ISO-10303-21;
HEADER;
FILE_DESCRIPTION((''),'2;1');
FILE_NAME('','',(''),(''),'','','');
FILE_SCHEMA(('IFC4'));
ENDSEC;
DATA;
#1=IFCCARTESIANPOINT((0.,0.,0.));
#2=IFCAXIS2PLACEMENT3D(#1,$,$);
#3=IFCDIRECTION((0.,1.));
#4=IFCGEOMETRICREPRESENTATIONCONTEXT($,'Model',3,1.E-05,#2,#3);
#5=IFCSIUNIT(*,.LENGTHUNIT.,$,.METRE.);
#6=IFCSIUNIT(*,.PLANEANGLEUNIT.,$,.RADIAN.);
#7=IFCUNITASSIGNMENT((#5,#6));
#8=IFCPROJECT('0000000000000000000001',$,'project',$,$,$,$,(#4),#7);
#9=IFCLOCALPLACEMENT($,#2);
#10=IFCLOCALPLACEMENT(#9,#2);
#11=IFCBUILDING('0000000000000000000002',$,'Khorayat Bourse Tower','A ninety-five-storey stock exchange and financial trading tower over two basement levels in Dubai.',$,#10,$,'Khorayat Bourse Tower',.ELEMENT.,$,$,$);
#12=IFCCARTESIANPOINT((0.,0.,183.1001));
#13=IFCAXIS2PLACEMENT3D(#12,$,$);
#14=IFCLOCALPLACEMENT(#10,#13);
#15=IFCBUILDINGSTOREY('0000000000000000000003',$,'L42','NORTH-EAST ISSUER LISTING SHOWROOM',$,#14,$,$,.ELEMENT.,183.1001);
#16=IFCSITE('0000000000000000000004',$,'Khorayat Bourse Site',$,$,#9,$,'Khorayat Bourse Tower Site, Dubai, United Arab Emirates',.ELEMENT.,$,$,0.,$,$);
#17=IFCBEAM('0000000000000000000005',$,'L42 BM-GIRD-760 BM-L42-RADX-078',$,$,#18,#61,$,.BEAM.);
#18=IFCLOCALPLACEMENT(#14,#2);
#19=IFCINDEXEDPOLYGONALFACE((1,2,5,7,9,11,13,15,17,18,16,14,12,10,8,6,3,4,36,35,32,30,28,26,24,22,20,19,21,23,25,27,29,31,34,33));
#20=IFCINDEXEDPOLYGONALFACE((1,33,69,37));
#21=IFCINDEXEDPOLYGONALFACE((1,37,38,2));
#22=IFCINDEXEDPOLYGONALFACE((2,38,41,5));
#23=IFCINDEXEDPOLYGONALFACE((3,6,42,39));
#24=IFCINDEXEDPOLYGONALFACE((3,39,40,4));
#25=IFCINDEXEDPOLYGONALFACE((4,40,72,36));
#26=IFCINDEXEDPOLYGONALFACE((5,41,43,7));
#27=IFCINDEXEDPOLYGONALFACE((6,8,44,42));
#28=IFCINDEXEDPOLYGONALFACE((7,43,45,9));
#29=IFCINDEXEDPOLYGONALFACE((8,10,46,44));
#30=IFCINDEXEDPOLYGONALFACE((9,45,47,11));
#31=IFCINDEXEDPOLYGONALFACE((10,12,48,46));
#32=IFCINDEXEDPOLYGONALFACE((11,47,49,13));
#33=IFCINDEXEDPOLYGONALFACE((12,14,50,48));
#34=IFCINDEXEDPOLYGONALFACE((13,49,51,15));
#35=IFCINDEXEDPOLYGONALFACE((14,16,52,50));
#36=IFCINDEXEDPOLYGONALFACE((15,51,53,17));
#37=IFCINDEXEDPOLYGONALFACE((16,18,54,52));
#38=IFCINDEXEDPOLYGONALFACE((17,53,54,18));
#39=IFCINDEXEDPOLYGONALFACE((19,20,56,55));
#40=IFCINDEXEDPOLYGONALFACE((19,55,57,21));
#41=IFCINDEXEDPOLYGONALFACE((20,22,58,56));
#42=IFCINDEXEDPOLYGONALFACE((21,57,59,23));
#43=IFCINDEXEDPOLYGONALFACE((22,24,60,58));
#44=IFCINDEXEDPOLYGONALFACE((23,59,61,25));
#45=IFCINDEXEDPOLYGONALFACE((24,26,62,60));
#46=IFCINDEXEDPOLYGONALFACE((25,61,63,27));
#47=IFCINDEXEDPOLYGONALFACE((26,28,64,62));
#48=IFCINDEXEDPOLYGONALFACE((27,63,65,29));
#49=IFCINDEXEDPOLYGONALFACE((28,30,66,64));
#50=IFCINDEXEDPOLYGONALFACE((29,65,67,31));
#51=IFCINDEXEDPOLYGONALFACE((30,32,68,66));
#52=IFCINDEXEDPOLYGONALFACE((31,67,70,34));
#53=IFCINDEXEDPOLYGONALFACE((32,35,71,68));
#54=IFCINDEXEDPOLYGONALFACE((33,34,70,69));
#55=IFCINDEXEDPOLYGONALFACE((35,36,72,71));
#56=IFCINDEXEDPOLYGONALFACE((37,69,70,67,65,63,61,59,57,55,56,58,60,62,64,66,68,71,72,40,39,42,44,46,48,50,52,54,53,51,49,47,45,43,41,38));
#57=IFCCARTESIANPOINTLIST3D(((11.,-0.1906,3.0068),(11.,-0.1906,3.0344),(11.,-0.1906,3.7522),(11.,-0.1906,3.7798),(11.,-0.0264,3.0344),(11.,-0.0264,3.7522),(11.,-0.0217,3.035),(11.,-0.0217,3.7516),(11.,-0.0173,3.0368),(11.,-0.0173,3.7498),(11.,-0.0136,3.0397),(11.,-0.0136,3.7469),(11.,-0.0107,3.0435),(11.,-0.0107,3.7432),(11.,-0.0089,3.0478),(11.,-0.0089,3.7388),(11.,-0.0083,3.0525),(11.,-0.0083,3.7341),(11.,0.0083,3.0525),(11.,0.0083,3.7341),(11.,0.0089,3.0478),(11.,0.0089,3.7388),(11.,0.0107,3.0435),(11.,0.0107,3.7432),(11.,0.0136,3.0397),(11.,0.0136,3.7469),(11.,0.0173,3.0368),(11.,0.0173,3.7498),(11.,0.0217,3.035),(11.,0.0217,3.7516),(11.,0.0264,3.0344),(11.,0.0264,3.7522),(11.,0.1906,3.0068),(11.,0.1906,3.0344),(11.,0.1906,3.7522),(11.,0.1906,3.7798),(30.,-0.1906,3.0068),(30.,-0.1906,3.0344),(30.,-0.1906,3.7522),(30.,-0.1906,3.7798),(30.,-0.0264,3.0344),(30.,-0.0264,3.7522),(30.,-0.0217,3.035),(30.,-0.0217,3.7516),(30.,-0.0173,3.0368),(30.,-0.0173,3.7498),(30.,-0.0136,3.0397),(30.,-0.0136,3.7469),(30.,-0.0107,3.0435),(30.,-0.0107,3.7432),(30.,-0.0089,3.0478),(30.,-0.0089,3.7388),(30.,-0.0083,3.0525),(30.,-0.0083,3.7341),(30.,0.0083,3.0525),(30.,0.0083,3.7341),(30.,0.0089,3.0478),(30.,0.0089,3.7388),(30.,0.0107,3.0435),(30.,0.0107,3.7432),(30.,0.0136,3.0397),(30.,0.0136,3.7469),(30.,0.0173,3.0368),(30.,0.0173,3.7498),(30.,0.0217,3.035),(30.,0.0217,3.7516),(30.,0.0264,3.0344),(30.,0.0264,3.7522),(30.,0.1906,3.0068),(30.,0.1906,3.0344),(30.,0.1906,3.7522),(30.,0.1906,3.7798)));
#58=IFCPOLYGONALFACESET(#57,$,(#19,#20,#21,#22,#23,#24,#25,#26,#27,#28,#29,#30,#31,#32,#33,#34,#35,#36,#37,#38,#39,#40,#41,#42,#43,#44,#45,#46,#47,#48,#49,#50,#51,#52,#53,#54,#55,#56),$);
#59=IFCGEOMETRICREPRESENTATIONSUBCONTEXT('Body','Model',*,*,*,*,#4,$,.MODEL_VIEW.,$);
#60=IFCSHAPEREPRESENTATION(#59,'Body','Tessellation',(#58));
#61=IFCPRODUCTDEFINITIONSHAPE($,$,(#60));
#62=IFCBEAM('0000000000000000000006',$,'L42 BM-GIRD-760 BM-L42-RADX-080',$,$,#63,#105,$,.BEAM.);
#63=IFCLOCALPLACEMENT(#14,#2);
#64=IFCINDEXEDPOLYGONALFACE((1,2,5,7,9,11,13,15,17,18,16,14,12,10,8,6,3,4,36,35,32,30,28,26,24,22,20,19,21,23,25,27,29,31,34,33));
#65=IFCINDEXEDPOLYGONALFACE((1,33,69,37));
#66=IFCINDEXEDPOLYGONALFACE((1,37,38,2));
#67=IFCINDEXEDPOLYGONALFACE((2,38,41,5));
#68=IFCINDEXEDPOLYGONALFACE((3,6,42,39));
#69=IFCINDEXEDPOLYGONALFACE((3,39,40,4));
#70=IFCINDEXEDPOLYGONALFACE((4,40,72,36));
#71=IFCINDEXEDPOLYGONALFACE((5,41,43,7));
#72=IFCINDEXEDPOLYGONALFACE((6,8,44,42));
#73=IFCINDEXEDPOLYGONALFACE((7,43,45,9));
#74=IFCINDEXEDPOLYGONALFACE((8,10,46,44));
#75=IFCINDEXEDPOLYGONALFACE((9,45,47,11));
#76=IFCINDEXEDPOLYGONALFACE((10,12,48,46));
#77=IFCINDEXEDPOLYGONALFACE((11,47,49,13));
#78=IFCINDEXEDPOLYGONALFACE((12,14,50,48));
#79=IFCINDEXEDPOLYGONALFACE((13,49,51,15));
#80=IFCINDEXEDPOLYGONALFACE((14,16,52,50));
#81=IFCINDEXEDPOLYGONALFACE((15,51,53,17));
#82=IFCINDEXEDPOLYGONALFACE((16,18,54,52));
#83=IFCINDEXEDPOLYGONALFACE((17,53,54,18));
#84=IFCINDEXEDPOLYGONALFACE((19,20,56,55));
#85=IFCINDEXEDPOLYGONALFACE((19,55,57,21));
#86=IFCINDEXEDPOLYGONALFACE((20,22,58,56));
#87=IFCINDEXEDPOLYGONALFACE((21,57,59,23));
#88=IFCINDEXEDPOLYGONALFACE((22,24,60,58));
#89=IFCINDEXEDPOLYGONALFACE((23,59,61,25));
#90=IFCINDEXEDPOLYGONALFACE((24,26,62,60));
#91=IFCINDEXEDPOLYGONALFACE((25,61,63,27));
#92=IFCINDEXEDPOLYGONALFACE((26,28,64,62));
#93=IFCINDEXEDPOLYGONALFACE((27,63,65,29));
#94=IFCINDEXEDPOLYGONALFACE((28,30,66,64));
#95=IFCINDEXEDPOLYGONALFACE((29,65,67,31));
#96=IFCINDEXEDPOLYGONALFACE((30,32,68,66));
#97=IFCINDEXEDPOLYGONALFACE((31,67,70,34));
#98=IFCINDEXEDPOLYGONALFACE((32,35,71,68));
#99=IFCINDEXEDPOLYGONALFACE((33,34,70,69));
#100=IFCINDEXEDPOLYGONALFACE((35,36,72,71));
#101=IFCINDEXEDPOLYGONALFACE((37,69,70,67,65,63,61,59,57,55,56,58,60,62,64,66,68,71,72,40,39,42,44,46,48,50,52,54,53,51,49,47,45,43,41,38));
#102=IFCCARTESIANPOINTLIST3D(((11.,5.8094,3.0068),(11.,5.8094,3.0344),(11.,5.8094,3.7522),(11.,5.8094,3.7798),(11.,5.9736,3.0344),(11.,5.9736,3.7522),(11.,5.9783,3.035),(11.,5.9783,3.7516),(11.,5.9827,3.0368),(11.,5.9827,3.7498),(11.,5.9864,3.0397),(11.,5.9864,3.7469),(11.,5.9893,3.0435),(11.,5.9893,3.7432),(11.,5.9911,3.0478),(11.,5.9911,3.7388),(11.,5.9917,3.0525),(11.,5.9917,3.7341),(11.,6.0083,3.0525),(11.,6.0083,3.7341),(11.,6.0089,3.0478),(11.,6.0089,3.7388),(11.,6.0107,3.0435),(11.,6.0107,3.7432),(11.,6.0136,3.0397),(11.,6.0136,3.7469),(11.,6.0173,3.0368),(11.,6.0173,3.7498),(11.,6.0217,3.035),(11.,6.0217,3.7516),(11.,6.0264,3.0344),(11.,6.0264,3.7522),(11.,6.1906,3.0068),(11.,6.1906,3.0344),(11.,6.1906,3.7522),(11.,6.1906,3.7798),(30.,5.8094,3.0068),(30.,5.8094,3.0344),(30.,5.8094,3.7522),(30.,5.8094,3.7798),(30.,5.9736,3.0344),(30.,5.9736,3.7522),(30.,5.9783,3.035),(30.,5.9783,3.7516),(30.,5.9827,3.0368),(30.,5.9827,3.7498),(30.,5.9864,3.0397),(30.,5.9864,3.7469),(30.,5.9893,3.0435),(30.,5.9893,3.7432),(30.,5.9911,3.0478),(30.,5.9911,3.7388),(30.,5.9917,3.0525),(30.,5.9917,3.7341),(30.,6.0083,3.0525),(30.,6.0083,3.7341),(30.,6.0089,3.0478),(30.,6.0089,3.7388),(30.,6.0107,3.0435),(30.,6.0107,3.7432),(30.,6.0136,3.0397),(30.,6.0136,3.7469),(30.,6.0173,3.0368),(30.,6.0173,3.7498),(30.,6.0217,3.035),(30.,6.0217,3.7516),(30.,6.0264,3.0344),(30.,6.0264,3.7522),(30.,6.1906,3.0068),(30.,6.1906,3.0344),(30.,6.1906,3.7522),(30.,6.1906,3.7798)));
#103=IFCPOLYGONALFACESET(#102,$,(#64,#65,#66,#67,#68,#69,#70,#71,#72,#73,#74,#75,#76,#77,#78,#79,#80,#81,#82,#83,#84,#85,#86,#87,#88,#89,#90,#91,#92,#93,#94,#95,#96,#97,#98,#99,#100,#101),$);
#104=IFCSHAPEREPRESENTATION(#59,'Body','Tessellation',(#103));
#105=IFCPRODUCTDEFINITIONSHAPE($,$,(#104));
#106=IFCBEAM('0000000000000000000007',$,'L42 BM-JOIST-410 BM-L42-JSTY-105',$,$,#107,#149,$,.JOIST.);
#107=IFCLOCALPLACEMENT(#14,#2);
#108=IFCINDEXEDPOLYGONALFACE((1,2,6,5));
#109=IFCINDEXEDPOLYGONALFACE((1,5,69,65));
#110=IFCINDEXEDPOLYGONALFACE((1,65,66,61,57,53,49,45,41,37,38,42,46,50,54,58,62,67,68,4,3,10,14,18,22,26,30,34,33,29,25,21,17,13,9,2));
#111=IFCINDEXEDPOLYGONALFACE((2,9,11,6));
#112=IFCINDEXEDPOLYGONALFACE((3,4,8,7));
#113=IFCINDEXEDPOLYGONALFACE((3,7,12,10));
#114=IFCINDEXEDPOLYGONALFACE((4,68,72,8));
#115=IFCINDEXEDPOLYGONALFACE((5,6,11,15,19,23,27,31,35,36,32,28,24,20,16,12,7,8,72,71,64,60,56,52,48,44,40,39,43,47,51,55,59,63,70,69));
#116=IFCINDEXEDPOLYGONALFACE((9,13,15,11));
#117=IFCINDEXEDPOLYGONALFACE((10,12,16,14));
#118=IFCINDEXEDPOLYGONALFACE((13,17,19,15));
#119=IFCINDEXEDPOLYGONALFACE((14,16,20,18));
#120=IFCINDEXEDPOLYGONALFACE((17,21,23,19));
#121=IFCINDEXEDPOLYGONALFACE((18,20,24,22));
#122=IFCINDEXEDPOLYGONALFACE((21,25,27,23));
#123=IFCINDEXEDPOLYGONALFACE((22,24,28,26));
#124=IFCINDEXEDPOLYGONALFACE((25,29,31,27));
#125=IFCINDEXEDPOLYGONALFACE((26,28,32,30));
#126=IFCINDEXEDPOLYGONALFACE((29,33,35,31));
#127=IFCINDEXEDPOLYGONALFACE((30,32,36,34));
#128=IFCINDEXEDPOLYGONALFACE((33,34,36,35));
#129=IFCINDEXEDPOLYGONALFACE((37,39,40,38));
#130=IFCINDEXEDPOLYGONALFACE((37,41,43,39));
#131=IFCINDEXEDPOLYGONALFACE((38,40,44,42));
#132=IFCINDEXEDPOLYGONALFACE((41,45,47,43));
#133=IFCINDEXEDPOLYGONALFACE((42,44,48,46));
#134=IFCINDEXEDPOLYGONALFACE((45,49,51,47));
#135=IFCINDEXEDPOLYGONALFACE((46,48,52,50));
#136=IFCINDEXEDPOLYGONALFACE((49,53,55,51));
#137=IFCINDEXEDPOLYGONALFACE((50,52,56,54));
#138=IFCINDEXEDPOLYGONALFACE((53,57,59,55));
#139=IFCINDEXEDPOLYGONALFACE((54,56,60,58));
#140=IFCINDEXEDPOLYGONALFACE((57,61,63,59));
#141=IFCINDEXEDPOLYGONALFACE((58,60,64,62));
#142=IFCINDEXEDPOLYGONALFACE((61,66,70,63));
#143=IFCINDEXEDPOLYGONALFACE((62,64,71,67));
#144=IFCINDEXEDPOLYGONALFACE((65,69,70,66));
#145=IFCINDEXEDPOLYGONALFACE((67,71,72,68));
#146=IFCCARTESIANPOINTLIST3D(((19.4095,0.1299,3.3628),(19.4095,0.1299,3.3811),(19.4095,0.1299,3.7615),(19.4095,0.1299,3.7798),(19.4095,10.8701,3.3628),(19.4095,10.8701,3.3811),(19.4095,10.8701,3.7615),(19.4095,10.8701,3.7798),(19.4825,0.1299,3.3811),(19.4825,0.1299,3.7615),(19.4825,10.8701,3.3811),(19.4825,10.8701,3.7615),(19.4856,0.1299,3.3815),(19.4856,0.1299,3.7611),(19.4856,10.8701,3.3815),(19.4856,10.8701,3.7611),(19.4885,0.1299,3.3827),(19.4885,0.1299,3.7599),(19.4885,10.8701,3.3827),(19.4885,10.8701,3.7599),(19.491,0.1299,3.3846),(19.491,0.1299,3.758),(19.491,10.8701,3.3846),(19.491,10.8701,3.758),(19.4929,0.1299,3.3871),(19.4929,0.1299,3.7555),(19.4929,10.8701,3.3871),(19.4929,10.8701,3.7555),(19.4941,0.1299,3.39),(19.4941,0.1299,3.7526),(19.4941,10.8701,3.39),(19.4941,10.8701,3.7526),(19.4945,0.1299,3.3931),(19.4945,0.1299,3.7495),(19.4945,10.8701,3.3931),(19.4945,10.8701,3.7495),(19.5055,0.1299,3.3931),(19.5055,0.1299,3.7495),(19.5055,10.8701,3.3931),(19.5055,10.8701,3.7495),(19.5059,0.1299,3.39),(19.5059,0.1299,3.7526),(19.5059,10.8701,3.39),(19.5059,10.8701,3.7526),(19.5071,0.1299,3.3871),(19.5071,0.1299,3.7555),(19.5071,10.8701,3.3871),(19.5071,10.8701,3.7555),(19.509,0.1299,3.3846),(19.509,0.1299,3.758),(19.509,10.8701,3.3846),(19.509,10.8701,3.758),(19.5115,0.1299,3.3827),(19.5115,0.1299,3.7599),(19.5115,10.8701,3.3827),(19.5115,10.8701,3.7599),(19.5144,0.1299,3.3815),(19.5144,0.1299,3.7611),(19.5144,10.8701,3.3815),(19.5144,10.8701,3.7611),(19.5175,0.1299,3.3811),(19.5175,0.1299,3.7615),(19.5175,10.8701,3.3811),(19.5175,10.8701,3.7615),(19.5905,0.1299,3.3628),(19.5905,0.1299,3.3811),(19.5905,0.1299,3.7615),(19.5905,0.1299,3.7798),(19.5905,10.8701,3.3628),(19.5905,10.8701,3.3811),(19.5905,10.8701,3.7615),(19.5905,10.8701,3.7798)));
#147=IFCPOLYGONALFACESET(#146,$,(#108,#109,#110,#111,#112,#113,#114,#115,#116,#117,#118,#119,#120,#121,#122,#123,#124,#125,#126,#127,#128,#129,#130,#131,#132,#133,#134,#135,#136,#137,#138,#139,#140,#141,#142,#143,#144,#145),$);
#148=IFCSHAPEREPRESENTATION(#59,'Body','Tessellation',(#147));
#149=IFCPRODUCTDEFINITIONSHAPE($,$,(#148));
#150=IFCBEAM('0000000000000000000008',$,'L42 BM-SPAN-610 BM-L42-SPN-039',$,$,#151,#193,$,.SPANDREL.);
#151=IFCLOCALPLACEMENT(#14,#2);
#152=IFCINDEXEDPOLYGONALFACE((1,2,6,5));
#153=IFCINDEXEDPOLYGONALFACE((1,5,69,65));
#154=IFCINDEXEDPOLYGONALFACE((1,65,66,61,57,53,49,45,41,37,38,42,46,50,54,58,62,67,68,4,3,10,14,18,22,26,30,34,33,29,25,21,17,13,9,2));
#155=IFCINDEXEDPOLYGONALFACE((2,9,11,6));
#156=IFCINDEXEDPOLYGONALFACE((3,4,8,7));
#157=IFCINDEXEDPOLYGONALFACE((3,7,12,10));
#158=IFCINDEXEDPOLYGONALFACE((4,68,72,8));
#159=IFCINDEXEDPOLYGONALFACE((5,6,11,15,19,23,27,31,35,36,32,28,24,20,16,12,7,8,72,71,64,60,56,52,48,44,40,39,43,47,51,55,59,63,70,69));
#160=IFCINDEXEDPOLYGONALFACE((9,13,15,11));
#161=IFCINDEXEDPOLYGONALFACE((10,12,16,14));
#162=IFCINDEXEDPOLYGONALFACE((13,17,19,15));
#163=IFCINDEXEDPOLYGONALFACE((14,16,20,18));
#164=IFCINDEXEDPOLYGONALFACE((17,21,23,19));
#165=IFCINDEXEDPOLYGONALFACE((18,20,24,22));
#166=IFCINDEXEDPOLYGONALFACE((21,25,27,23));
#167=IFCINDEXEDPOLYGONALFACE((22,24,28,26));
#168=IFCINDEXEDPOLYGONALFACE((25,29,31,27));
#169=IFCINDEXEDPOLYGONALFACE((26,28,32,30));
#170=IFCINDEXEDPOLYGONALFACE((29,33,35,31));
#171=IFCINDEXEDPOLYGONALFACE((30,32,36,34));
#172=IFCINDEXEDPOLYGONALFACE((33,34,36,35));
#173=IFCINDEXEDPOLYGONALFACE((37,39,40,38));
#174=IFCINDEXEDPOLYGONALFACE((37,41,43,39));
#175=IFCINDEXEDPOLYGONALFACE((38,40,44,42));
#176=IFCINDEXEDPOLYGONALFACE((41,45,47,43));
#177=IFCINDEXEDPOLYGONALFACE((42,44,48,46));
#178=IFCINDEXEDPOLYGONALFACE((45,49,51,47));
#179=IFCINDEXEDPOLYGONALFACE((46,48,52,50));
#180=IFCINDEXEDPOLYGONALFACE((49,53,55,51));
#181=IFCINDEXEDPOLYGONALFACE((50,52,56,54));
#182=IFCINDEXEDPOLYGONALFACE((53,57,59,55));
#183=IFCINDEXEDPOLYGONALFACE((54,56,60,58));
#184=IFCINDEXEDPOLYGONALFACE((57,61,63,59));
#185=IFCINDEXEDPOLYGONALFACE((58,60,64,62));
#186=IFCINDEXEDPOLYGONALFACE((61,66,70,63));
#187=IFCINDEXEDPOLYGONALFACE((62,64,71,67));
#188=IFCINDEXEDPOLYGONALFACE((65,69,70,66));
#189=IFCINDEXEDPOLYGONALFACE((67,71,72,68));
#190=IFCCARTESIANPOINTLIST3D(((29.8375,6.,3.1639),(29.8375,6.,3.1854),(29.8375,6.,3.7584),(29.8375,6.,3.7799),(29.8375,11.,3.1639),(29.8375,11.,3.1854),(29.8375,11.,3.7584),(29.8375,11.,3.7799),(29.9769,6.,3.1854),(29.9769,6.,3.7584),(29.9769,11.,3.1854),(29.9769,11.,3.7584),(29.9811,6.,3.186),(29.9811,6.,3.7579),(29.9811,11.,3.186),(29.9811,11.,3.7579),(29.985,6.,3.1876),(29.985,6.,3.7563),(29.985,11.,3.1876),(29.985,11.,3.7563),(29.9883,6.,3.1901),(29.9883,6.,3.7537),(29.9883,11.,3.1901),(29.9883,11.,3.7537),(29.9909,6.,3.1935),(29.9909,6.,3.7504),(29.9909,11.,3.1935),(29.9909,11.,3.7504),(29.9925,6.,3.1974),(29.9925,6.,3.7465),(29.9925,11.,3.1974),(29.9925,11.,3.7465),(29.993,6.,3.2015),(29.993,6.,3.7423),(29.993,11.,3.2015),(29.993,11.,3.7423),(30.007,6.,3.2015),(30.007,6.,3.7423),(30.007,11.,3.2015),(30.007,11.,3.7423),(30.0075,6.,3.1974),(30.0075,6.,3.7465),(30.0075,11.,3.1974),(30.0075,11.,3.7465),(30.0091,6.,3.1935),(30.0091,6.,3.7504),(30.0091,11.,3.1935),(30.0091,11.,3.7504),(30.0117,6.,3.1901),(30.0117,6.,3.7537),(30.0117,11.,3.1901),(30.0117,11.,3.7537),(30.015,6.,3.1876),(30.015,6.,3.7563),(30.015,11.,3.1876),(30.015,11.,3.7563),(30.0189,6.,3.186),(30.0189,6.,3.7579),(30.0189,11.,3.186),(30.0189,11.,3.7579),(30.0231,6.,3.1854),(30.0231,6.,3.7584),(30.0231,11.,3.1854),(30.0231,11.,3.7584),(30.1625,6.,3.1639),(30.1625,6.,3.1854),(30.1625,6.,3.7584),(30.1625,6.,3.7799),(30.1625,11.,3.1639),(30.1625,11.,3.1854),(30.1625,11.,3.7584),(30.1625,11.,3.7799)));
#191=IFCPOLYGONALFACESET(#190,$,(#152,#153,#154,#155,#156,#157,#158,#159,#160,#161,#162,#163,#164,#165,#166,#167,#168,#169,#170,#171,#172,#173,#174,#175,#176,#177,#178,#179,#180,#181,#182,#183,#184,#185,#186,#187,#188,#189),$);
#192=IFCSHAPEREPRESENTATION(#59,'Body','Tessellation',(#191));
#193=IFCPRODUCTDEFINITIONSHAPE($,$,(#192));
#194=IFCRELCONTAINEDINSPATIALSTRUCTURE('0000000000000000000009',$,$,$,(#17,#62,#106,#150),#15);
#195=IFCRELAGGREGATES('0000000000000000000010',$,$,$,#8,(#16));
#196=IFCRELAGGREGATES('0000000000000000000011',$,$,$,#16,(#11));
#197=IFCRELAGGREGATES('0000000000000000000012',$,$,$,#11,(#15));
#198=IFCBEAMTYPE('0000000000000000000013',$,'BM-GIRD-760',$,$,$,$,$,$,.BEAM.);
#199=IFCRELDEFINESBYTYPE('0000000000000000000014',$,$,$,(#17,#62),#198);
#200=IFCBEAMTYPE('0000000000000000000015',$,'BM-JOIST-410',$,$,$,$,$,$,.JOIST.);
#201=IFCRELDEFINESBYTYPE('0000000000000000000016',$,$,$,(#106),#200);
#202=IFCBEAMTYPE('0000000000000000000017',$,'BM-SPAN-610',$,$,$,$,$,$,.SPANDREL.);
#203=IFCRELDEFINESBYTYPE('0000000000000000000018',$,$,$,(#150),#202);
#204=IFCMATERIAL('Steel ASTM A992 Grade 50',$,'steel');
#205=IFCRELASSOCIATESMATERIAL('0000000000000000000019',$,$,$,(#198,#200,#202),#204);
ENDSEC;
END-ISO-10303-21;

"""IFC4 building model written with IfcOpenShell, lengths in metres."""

from ifc_helpers import new_model, si_unit, direction, frame, origin, origin_2d, place, context, subcontext, project, spatial, i_section, extrude, source, transform, mapped, material, material_profile, profile_set, type_object, element, save


model = new_model("IFC4")

# Units and contexts
model_context = context("Model", 3, precision=1e-05, world=origin(), true_north=direction((0.0, 1.0)))
body_context = subcontext(model_context, "Body", "Model", "MODEL_VIEW")
ifc_project = project(units=[si_unit("LENGTHUNIT", "METRE"), si_unit("PLANEANGLEUNIT", "RADIAN")], contexts=[model_context])

# Site, building, storey
site_placement = place(None, origin())
site = spatial("IfcSite", under=ifc_project, at=site_placement, Name="Khorayat Bourse Site", LongName="Khorayat Bourse Tower Site, Dubai, United Arab Emirates", CompositionType="ELEMENT", RefElevation=0.0)
building_placement = place(site_placement, origin())
building = spatial("IfcBuilding", under=site, at=building_placement, Name="Khorayat Bourse Tower", Description="A ninety-five-storey stock exchange and financial trading tower over two basement levels in Dubai.", LongName="Khorayat Bourse Tower", CompositionType="ELEMENT")
storey_placement = place(building_placement, frame((0.0, 0.0, 183.1001)))
storey = spatial("IfcBuildingStorey", under=building, at=storey_placement, Name="L42", Description="NORTH-EAST ISSUER LISTING SHOWROOM", CompositionType="ELEMENT", Elevation=183.1001)

# Beams
ifc_material_1 = material(Name="Steel ASTM A992 Grade 50", Category="steel")
ifc_material_profile_1 = material_profile(ifc_material_1, i_section(OverallWidth=0.3811, OverallDepth=0.7729, WebThickness=0.0166, FlangeThickness=0.0276, FilletRadius=0.0181, at=origin_2d()), Name="W760X257")
ifc_profile_set_1 = profile_set([ifc_material_profile_1], Name="Steel ASTM A992 Grade 50")
beam_type_1 = type_object("IfcBeamType", Name="BM-GIRD-760", PredefinedType="BEAM", material=ifc_profile_set_1)
shared_shape_1 = source(origin(), body_context, "Body", "SweptSolid", [
    extrude(i_section(OverallWidth=0.3811, OverallDepth=0.7729, WebThickness=0.0166, FlangeThickness=0.0276, FilletRadius=0.0181, at=origin_2d()), origin(), (0.0, 0.0, 1.0), 19.0),
])
for number, where, z_axis, x_axis, name in (
    (1, (11.0, 0.0, 3.3933), (1.0, 0.0, 0.0), (0.0, 1.0, 0.0), "L42 BM-GIRD-760 BM-L42-RADX-078"),
    (2, (11.0, 6.0, 3.3933), (1.0, 0.0, 0.0), (0.0, 1.0, 0.0), "L42 BM-GIRD-760 BM-L42-RADX-080"),
):
    element("IfcBeam", number, at=place(storey_placement, frame(where, z_axis=z_axis, x_axis=x_axis)), inside=storey, type_object=beam_type_1, Name=name, PredefinedType="BEAM", context=body_context, shape_type="MappedRepresentation", body=[
        mapped(shared_shape_1, transform((0.0, 0.0, 0.0), scale=1.0)),
    ])
ifc_material_profile_2 = material_profile(ifc_material_1, i_section(OverallWidth=0.1809, OverallDepth=0.417, WebThickness=0.011, FlangeThickness=0.0183, FilletRadius=0.012, at=origin_2d()), Name="W410X85")
ifc_profile_set_2 = profile_set([ifc_material_profile_2], Name="Steel ASTM A992 Grade 50")
beam_type_2 = type_object("IfcBeamType", Name="BM-JOIST-410", PredefinedType="JOIST", material=ifc_profile_set_2)
shared_shape_2 = source(origin(), body_context, "Body", "SweptSolid", [
    extrude(i_section(OverallWidth=0.1809, OverallDepth=0.417, WebThickness=0.011, FlangeThickness=0.0183, FilletRadius=0.012, at=origin_2d()), origin(), (0.0, 0.0, 1.0), 10.7402),
])
beam_1_placement = place(storey_placement, frame((19.5, 0.1299, 3.5713), z_axis=(0.0, 1.0, 0.0), x_axis=(-1.0, 0.0, 0.0)))
element("IfcBeam", 3, at=beam_1_placement, inside=storey, type_object=beam_type_2, Name="L42 BM-JOIST-410 BM-L42-JSTY-105", PredefinedType="JOIST", context=body_context, shape_type="MappedRepresentation", body=[
    mapped(shared_shape_2, transform((0.0, 0.0, 0.0), scale=1.0)),
])
ifc_material_profile_3 = material_profile(ifc_material_1, i_section(OverallWidth=0.325, OverallDepth=0.616, WebThickness=0.0139, FlangeThickness=0.0215, FilletRadius=0.0161, at=origin_2d()), Name="W610X174")
ifc_profile_set_3 = profile_set([ifc_material_profile_3], Name="Steel ASTM A992 Grade 50")
beam_type_3 = type_object("IfcBeamType", Name="BM-SPAN-610", PredefinedType="SPANDREL", material=ifc_profile_set_3)
shared_shape_3 = source(origin(), body_context, "Body", "SweptSolid", [
    extrude(i_section(OverallWidth=0.325, OverallDepth=0.616, WebThickness=0.0139, FlangeThickness=0.0215, FilletRadius=0.0161, at=origin_2d()), origin(), (0.0, 0.0, 1.0), 5.0),
])
beam_2_placement = place(storey_placement, frame((30.0, 6.0, 3.4719), z_axis=(0.0, 1.0, 0.0), x_axis=(-1.0, 0.0, 0.0)))
element("IfcBeam", 4, at=beam_2_placement, inside=storey, type_object=beam_type_3, Name="L42 BM-SPAN-610 BM-L42-SPN-039", PredefinedType="SPANDREL", context=body_context, shape_type="MappedRepresentation", body=[
    mapped(shared_shape_3, transform((0.0, 0.0, 0.0), scale=1.0)),
])

save(model, "model.ifc")
